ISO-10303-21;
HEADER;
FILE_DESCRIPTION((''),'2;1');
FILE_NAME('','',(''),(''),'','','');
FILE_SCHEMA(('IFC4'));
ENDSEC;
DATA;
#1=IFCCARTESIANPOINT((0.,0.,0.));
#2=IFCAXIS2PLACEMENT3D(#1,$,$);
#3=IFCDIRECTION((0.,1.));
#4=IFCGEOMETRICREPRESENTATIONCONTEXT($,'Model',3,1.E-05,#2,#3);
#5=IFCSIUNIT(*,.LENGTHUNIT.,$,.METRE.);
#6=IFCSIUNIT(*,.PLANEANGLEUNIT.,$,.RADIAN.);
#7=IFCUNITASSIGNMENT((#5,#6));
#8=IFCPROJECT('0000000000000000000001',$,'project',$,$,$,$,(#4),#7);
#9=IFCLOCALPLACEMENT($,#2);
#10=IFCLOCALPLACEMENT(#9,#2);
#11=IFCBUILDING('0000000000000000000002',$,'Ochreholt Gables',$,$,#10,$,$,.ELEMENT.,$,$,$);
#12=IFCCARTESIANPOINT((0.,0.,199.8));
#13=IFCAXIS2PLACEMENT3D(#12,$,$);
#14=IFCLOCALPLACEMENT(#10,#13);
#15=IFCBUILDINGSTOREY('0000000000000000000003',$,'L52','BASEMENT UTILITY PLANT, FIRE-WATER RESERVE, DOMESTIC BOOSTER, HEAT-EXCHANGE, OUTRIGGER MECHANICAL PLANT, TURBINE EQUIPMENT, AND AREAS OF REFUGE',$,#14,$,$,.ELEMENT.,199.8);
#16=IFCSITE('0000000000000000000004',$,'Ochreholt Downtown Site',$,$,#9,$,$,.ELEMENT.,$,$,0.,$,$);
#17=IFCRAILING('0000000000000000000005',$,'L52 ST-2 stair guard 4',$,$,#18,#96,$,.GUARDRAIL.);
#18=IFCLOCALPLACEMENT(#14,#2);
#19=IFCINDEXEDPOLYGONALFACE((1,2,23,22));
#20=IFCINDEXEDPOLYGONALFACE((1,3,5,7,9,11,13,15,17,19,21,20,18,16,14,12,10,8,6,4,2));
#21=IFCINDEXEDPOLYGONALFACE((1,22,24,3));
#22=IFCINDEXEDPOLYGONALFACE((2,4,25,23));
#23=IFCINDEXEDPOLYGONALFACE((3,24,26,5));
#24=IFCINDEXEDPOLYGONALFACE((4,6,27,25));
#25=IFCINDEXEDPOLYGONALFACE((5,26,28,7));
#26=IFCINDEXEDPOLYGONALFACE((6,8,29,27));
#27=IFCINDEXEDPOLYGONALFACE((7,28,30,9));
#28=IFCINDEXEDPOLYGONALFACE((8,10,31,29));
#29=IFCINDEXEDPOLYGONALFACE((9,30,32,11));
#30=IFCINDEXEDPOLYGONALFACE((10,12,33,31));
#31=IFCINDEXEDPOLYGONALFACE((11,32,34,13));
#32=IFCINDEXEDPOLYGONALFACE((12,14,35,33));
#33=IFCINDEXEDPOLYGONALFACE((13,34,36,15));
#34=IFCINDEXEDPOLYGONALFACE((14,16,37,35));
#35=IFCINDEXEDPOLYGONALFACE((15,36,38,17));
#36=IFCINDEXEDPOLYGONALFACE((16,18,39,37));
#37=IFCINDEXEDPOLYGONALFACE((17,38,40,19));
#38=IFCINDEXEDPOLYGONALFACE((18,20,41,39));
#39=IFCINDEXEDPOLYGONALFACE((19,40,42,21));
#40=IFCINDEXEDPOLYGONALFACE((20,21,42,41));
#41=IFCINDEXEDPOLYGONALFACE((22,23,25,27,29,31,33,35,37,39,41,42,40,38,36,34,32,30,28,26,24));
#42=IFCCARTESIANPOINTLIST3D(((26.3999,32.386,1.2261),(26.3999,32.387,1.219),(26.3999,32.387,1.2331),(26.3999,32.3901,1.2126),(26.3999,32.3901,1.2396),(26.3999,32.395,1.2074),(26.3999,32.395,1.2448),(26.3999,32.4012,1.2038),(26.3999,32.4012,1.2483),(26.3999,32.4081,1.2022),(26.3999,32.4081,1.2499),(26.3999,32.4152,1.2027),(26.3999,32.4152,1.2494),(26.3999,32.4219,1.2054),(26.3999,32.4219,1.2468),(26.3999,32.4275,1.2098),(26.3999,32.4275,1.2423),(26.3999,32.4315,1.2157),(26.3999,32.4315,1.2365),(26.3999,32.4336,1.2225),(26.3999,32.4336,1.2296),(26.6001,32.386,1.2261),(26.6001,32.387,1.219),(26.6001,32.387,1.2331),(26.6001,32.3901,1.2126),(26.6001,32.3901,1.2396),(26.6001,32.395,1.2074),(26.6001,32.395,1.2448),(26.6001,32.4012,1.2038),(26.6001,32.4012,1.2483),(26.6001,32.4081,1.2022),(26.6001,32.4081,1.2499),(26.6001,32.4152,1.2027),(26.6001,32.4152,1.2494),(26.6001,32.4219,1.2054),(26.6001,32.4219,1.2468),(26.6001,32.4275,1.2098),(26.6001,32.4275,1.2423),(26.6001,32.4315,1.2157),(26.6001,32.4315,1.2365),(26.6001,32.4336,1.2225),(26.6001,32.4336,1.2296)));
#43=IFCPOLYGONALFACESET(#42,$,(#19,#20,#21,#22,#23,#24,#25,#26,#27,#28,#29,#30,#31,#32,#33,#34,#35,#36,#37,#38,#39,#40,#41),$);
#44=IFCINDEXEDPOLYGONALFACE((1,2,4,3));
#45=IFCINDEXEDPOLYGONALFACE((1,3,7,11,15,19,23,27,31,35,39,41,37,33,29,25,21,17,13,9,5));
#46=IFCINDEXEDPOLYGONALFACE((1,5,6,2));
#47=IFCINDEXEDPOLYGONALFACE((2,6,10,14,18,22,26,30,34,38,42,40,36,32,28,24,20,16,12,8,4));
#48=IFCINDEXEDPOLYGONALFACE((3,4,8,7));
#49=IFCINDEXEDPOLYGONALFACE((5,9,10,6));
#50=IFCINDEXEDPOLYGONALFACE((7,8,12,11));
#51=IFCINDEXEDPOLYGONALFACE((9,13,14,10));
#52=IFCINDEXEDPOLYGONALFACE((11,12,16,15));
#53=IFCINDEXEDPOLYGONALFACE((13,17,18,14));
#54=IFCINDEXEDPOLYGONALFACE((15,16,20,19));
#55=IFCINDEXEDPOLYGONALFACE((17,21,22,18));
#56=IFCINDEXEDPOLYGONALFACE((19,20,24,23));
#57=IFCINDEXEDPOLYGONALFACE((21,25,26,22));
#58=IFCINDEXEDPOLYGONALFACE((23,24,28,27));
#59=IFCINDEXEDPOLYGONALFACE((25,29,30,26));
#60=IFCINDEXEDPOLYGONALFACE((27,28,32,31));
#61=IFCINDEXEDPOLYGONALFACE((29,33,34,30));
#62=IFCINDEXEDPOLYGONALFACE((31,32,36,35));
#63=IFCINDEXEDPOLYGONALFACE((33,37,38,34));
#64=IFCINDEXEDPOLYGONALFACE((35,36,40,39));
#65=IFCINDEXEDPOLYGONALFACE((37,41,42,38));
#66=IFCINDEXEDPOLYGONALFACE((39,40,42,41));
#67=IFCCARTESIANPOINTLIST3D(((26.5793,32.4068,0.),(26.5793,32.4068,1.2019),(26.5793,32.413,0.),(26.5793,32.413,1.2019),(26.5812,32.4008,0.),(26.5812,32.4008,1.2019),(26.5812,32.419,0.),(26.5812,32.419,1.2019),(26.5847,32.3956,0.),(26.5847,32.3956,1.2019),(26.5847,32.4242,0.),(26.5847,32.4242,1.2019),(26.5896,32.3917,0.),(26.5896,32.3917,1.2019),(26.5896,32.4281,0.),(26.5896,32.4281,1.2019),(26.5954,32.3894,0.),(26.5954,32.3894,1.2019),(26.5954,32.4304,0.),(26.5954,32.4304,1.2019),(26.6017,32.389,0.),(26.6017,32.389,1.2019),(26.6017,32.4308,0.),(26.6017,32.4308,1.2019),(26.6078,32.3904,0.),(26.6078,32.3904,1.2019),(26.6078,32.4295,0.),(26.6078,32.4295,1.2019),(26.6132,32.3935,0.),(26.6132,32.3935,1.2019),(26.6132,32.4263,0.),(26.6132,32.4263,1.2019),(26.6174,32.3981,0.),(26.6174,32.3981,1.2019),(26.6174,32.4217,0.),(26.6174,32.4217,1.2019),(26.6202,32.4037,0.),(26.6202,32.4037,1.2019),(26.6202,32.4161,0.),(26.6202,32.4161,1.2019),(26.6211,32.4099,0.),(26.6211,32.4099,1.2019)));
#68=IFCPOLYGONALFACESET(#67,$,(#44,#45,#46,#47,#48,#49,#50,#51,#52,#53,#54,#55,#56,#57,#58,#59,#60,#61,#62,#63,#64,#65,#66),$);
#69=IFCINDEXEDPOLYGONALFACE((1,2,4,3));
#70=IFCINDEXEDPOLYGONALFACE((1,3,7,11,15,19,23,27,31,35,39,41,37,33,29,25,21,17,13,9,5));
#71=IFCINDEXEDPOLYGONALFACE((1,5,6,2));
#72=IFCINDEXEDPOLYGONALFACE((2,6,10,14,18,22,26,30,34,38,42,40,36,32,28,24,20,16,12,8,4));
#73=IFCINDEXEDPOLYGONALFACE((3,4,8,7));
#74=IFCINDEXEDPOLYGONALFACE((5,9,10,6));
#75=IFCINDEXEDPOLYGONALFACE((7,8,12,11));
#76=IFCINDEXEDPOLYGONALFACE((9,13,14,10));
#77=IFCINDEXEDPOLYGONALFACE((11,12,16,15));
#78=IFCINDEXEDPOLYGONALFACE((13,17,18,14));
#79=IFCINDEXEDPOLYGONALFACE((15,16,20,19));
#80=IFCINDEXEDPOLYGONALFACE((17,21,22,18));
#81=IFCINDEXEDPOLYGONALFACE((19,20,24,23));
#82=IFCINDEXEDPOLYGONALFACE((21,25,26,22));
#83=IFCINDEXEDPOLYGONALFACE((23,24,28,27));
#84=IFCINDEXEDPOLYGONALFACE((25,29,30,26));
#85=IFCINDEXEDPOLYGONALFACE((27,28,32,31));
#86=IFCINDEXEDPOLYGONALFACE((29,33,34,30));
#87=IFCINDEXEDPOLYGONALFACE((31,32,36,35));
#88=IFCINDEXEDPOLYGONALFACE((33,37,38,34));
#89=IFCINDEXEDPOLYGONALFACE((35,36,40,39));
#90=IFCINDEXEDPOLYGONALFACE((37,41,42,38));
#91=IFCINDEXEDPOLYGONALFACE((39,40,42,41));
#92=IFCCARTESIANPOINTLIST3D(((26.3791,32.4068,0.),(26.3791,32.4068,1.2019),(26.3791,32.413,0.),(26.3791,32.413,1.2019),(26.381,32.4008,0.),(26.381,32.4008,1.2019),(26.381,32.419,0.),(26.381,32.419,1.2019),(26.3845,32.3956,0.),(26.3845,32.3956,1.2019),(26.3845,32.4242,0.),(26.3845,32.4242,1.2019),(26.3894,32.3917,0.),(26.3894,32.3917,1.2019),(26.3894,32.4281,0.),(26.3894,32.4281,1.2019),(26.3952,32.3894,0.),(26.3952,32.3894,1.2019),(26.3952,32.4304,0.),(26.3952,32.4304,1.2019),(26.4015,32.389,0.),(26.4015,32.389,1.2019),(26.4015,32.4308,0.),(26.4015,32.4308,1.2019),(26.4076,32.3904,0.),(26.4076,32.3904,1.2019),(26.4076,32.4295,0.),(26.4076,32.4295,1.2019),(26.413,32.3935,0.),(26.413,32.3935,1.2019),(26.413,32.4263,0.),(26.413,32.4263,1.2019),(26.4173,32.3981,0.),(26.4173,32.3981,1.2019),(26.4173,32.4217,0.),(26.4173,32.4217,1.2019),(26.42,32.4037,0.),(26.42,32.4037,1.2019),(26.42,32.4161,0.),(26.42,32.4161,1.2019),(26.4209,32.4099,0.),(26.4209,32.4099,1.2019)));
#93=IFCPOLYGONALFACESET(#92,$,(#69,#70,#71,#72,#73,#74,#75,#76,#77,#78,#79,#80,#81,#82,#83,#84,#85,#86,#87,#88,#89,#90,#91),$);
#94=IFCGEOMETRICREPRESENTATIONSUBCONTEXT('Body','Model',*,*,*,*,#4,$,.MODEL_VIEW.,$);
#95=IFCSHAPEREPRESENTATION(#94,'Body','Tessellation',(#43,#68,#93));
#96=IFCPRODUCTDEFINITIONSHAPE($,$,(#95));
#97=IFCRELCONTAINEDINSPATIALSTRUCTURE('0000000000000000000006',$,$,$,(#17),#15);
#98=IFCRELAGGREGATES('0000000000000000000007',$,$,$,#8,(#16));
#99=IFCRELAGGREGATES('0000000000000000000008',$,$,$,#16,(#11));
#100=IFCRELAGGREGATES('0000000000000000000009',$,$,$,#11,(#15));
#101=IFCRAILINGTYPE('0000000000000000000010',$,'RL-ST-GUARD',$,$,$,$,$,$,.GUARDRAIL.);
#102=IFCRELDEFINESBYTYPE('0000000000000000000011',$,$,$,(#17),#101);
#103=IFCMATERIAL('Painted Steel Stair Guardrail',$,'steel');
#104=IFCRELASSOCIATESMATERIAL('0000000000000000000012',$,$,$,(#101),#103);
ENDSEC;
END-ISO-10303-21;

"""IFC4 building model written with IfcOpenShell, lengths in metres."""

from ifc_helpers import new_model, si_unit, direction, frame, origin, origin_2d, place, context, subcontext, project, spatial, circle, extrude, material, type_object, element, save


model = new_model("IFC4")

# Units and contexts
model_context = context("Model", 3, precision=1e-05, world=origin(), true_north=direction((0.0, 1.0)))
body_context = subcontext(model_context, "Body", "Model", "MODEL_VIEW")
ifc_project = project(units=[si_unit("LENGTHUNIT", "METRE"), si_unit("PLANEANGLEUNIT", "RADIAN")], contexts=[model_context])

# Site, building, storey
site_placement = place(None, origin())
site = spatial("IfcSite", under=ifc_project, at=site_placement, Name="Ochreholt Downtown Site", CompositionType="ELEMENT", RefElevation=0.0)
building_placement = place(site_placement, origin())
building = spatial("IfcBuilding", under=site, at=building_placement, Name="Ochreholt Gables", CompositionType="ELEMENT")
storey_placement = place(building_placement, frame((0.0, 0.0, 199.8)))
storey = spatial("IfcBuildingStorey", under=building, at=storey_placement, Name="L52", Description="BASEMENT UTILITY PLANT, FIRE-WATER RESERVE, DOMESTIC BOOSTER, HEAT-EXCHANGE, OUTRIGGER MECHANICAL PLANT, TURBINE EQUIPMENT, AND AREAS OF REFUGE", CompositionType="ELEMENT", Elevation=199.8)

# Railing
ifc_material_1 = material(Name="Painted Steel Stair Guardrail", Category="steel")
railing_type = type_object("IfcRailingType", Name="RL-ST-GUARD", PredefinedType="GUARDRAIL", material=ifc_material_1)
railing_placement = place(storey_placement, frame((26.6001, 32.4099, 0.0)))
element("IfcRailing", 1, at=railing_placement, inside=storey, type_object=railing_type, Name="L52 ST-2 stair guard 4", PredefinedType="GUARDRAIL", context=body_context, shape_type="SweptSolid", body=[
    extrude(circle(Radius=0.0239, at=origin_2d()), frame((0.0, 0.0, 1.2261), z_axis=(-1.0, 0.0, 0.0), x_axis=(0.0, -1.0, 0.0)), (0.0, 0.0, 1.0), 0.2002),
    extrude(circle(Radius=0.021, at=origin_2d()), origin(), (0.0, 0.0, 1.0), 1.2019),
    extrude(circle(Radius=0.021, at=origin_2d()), frame((-0.2002, 0.0, 0.0)), (0.0, 0.0, 1.0), 1.2019),
])

save(model, "model.ifc")
